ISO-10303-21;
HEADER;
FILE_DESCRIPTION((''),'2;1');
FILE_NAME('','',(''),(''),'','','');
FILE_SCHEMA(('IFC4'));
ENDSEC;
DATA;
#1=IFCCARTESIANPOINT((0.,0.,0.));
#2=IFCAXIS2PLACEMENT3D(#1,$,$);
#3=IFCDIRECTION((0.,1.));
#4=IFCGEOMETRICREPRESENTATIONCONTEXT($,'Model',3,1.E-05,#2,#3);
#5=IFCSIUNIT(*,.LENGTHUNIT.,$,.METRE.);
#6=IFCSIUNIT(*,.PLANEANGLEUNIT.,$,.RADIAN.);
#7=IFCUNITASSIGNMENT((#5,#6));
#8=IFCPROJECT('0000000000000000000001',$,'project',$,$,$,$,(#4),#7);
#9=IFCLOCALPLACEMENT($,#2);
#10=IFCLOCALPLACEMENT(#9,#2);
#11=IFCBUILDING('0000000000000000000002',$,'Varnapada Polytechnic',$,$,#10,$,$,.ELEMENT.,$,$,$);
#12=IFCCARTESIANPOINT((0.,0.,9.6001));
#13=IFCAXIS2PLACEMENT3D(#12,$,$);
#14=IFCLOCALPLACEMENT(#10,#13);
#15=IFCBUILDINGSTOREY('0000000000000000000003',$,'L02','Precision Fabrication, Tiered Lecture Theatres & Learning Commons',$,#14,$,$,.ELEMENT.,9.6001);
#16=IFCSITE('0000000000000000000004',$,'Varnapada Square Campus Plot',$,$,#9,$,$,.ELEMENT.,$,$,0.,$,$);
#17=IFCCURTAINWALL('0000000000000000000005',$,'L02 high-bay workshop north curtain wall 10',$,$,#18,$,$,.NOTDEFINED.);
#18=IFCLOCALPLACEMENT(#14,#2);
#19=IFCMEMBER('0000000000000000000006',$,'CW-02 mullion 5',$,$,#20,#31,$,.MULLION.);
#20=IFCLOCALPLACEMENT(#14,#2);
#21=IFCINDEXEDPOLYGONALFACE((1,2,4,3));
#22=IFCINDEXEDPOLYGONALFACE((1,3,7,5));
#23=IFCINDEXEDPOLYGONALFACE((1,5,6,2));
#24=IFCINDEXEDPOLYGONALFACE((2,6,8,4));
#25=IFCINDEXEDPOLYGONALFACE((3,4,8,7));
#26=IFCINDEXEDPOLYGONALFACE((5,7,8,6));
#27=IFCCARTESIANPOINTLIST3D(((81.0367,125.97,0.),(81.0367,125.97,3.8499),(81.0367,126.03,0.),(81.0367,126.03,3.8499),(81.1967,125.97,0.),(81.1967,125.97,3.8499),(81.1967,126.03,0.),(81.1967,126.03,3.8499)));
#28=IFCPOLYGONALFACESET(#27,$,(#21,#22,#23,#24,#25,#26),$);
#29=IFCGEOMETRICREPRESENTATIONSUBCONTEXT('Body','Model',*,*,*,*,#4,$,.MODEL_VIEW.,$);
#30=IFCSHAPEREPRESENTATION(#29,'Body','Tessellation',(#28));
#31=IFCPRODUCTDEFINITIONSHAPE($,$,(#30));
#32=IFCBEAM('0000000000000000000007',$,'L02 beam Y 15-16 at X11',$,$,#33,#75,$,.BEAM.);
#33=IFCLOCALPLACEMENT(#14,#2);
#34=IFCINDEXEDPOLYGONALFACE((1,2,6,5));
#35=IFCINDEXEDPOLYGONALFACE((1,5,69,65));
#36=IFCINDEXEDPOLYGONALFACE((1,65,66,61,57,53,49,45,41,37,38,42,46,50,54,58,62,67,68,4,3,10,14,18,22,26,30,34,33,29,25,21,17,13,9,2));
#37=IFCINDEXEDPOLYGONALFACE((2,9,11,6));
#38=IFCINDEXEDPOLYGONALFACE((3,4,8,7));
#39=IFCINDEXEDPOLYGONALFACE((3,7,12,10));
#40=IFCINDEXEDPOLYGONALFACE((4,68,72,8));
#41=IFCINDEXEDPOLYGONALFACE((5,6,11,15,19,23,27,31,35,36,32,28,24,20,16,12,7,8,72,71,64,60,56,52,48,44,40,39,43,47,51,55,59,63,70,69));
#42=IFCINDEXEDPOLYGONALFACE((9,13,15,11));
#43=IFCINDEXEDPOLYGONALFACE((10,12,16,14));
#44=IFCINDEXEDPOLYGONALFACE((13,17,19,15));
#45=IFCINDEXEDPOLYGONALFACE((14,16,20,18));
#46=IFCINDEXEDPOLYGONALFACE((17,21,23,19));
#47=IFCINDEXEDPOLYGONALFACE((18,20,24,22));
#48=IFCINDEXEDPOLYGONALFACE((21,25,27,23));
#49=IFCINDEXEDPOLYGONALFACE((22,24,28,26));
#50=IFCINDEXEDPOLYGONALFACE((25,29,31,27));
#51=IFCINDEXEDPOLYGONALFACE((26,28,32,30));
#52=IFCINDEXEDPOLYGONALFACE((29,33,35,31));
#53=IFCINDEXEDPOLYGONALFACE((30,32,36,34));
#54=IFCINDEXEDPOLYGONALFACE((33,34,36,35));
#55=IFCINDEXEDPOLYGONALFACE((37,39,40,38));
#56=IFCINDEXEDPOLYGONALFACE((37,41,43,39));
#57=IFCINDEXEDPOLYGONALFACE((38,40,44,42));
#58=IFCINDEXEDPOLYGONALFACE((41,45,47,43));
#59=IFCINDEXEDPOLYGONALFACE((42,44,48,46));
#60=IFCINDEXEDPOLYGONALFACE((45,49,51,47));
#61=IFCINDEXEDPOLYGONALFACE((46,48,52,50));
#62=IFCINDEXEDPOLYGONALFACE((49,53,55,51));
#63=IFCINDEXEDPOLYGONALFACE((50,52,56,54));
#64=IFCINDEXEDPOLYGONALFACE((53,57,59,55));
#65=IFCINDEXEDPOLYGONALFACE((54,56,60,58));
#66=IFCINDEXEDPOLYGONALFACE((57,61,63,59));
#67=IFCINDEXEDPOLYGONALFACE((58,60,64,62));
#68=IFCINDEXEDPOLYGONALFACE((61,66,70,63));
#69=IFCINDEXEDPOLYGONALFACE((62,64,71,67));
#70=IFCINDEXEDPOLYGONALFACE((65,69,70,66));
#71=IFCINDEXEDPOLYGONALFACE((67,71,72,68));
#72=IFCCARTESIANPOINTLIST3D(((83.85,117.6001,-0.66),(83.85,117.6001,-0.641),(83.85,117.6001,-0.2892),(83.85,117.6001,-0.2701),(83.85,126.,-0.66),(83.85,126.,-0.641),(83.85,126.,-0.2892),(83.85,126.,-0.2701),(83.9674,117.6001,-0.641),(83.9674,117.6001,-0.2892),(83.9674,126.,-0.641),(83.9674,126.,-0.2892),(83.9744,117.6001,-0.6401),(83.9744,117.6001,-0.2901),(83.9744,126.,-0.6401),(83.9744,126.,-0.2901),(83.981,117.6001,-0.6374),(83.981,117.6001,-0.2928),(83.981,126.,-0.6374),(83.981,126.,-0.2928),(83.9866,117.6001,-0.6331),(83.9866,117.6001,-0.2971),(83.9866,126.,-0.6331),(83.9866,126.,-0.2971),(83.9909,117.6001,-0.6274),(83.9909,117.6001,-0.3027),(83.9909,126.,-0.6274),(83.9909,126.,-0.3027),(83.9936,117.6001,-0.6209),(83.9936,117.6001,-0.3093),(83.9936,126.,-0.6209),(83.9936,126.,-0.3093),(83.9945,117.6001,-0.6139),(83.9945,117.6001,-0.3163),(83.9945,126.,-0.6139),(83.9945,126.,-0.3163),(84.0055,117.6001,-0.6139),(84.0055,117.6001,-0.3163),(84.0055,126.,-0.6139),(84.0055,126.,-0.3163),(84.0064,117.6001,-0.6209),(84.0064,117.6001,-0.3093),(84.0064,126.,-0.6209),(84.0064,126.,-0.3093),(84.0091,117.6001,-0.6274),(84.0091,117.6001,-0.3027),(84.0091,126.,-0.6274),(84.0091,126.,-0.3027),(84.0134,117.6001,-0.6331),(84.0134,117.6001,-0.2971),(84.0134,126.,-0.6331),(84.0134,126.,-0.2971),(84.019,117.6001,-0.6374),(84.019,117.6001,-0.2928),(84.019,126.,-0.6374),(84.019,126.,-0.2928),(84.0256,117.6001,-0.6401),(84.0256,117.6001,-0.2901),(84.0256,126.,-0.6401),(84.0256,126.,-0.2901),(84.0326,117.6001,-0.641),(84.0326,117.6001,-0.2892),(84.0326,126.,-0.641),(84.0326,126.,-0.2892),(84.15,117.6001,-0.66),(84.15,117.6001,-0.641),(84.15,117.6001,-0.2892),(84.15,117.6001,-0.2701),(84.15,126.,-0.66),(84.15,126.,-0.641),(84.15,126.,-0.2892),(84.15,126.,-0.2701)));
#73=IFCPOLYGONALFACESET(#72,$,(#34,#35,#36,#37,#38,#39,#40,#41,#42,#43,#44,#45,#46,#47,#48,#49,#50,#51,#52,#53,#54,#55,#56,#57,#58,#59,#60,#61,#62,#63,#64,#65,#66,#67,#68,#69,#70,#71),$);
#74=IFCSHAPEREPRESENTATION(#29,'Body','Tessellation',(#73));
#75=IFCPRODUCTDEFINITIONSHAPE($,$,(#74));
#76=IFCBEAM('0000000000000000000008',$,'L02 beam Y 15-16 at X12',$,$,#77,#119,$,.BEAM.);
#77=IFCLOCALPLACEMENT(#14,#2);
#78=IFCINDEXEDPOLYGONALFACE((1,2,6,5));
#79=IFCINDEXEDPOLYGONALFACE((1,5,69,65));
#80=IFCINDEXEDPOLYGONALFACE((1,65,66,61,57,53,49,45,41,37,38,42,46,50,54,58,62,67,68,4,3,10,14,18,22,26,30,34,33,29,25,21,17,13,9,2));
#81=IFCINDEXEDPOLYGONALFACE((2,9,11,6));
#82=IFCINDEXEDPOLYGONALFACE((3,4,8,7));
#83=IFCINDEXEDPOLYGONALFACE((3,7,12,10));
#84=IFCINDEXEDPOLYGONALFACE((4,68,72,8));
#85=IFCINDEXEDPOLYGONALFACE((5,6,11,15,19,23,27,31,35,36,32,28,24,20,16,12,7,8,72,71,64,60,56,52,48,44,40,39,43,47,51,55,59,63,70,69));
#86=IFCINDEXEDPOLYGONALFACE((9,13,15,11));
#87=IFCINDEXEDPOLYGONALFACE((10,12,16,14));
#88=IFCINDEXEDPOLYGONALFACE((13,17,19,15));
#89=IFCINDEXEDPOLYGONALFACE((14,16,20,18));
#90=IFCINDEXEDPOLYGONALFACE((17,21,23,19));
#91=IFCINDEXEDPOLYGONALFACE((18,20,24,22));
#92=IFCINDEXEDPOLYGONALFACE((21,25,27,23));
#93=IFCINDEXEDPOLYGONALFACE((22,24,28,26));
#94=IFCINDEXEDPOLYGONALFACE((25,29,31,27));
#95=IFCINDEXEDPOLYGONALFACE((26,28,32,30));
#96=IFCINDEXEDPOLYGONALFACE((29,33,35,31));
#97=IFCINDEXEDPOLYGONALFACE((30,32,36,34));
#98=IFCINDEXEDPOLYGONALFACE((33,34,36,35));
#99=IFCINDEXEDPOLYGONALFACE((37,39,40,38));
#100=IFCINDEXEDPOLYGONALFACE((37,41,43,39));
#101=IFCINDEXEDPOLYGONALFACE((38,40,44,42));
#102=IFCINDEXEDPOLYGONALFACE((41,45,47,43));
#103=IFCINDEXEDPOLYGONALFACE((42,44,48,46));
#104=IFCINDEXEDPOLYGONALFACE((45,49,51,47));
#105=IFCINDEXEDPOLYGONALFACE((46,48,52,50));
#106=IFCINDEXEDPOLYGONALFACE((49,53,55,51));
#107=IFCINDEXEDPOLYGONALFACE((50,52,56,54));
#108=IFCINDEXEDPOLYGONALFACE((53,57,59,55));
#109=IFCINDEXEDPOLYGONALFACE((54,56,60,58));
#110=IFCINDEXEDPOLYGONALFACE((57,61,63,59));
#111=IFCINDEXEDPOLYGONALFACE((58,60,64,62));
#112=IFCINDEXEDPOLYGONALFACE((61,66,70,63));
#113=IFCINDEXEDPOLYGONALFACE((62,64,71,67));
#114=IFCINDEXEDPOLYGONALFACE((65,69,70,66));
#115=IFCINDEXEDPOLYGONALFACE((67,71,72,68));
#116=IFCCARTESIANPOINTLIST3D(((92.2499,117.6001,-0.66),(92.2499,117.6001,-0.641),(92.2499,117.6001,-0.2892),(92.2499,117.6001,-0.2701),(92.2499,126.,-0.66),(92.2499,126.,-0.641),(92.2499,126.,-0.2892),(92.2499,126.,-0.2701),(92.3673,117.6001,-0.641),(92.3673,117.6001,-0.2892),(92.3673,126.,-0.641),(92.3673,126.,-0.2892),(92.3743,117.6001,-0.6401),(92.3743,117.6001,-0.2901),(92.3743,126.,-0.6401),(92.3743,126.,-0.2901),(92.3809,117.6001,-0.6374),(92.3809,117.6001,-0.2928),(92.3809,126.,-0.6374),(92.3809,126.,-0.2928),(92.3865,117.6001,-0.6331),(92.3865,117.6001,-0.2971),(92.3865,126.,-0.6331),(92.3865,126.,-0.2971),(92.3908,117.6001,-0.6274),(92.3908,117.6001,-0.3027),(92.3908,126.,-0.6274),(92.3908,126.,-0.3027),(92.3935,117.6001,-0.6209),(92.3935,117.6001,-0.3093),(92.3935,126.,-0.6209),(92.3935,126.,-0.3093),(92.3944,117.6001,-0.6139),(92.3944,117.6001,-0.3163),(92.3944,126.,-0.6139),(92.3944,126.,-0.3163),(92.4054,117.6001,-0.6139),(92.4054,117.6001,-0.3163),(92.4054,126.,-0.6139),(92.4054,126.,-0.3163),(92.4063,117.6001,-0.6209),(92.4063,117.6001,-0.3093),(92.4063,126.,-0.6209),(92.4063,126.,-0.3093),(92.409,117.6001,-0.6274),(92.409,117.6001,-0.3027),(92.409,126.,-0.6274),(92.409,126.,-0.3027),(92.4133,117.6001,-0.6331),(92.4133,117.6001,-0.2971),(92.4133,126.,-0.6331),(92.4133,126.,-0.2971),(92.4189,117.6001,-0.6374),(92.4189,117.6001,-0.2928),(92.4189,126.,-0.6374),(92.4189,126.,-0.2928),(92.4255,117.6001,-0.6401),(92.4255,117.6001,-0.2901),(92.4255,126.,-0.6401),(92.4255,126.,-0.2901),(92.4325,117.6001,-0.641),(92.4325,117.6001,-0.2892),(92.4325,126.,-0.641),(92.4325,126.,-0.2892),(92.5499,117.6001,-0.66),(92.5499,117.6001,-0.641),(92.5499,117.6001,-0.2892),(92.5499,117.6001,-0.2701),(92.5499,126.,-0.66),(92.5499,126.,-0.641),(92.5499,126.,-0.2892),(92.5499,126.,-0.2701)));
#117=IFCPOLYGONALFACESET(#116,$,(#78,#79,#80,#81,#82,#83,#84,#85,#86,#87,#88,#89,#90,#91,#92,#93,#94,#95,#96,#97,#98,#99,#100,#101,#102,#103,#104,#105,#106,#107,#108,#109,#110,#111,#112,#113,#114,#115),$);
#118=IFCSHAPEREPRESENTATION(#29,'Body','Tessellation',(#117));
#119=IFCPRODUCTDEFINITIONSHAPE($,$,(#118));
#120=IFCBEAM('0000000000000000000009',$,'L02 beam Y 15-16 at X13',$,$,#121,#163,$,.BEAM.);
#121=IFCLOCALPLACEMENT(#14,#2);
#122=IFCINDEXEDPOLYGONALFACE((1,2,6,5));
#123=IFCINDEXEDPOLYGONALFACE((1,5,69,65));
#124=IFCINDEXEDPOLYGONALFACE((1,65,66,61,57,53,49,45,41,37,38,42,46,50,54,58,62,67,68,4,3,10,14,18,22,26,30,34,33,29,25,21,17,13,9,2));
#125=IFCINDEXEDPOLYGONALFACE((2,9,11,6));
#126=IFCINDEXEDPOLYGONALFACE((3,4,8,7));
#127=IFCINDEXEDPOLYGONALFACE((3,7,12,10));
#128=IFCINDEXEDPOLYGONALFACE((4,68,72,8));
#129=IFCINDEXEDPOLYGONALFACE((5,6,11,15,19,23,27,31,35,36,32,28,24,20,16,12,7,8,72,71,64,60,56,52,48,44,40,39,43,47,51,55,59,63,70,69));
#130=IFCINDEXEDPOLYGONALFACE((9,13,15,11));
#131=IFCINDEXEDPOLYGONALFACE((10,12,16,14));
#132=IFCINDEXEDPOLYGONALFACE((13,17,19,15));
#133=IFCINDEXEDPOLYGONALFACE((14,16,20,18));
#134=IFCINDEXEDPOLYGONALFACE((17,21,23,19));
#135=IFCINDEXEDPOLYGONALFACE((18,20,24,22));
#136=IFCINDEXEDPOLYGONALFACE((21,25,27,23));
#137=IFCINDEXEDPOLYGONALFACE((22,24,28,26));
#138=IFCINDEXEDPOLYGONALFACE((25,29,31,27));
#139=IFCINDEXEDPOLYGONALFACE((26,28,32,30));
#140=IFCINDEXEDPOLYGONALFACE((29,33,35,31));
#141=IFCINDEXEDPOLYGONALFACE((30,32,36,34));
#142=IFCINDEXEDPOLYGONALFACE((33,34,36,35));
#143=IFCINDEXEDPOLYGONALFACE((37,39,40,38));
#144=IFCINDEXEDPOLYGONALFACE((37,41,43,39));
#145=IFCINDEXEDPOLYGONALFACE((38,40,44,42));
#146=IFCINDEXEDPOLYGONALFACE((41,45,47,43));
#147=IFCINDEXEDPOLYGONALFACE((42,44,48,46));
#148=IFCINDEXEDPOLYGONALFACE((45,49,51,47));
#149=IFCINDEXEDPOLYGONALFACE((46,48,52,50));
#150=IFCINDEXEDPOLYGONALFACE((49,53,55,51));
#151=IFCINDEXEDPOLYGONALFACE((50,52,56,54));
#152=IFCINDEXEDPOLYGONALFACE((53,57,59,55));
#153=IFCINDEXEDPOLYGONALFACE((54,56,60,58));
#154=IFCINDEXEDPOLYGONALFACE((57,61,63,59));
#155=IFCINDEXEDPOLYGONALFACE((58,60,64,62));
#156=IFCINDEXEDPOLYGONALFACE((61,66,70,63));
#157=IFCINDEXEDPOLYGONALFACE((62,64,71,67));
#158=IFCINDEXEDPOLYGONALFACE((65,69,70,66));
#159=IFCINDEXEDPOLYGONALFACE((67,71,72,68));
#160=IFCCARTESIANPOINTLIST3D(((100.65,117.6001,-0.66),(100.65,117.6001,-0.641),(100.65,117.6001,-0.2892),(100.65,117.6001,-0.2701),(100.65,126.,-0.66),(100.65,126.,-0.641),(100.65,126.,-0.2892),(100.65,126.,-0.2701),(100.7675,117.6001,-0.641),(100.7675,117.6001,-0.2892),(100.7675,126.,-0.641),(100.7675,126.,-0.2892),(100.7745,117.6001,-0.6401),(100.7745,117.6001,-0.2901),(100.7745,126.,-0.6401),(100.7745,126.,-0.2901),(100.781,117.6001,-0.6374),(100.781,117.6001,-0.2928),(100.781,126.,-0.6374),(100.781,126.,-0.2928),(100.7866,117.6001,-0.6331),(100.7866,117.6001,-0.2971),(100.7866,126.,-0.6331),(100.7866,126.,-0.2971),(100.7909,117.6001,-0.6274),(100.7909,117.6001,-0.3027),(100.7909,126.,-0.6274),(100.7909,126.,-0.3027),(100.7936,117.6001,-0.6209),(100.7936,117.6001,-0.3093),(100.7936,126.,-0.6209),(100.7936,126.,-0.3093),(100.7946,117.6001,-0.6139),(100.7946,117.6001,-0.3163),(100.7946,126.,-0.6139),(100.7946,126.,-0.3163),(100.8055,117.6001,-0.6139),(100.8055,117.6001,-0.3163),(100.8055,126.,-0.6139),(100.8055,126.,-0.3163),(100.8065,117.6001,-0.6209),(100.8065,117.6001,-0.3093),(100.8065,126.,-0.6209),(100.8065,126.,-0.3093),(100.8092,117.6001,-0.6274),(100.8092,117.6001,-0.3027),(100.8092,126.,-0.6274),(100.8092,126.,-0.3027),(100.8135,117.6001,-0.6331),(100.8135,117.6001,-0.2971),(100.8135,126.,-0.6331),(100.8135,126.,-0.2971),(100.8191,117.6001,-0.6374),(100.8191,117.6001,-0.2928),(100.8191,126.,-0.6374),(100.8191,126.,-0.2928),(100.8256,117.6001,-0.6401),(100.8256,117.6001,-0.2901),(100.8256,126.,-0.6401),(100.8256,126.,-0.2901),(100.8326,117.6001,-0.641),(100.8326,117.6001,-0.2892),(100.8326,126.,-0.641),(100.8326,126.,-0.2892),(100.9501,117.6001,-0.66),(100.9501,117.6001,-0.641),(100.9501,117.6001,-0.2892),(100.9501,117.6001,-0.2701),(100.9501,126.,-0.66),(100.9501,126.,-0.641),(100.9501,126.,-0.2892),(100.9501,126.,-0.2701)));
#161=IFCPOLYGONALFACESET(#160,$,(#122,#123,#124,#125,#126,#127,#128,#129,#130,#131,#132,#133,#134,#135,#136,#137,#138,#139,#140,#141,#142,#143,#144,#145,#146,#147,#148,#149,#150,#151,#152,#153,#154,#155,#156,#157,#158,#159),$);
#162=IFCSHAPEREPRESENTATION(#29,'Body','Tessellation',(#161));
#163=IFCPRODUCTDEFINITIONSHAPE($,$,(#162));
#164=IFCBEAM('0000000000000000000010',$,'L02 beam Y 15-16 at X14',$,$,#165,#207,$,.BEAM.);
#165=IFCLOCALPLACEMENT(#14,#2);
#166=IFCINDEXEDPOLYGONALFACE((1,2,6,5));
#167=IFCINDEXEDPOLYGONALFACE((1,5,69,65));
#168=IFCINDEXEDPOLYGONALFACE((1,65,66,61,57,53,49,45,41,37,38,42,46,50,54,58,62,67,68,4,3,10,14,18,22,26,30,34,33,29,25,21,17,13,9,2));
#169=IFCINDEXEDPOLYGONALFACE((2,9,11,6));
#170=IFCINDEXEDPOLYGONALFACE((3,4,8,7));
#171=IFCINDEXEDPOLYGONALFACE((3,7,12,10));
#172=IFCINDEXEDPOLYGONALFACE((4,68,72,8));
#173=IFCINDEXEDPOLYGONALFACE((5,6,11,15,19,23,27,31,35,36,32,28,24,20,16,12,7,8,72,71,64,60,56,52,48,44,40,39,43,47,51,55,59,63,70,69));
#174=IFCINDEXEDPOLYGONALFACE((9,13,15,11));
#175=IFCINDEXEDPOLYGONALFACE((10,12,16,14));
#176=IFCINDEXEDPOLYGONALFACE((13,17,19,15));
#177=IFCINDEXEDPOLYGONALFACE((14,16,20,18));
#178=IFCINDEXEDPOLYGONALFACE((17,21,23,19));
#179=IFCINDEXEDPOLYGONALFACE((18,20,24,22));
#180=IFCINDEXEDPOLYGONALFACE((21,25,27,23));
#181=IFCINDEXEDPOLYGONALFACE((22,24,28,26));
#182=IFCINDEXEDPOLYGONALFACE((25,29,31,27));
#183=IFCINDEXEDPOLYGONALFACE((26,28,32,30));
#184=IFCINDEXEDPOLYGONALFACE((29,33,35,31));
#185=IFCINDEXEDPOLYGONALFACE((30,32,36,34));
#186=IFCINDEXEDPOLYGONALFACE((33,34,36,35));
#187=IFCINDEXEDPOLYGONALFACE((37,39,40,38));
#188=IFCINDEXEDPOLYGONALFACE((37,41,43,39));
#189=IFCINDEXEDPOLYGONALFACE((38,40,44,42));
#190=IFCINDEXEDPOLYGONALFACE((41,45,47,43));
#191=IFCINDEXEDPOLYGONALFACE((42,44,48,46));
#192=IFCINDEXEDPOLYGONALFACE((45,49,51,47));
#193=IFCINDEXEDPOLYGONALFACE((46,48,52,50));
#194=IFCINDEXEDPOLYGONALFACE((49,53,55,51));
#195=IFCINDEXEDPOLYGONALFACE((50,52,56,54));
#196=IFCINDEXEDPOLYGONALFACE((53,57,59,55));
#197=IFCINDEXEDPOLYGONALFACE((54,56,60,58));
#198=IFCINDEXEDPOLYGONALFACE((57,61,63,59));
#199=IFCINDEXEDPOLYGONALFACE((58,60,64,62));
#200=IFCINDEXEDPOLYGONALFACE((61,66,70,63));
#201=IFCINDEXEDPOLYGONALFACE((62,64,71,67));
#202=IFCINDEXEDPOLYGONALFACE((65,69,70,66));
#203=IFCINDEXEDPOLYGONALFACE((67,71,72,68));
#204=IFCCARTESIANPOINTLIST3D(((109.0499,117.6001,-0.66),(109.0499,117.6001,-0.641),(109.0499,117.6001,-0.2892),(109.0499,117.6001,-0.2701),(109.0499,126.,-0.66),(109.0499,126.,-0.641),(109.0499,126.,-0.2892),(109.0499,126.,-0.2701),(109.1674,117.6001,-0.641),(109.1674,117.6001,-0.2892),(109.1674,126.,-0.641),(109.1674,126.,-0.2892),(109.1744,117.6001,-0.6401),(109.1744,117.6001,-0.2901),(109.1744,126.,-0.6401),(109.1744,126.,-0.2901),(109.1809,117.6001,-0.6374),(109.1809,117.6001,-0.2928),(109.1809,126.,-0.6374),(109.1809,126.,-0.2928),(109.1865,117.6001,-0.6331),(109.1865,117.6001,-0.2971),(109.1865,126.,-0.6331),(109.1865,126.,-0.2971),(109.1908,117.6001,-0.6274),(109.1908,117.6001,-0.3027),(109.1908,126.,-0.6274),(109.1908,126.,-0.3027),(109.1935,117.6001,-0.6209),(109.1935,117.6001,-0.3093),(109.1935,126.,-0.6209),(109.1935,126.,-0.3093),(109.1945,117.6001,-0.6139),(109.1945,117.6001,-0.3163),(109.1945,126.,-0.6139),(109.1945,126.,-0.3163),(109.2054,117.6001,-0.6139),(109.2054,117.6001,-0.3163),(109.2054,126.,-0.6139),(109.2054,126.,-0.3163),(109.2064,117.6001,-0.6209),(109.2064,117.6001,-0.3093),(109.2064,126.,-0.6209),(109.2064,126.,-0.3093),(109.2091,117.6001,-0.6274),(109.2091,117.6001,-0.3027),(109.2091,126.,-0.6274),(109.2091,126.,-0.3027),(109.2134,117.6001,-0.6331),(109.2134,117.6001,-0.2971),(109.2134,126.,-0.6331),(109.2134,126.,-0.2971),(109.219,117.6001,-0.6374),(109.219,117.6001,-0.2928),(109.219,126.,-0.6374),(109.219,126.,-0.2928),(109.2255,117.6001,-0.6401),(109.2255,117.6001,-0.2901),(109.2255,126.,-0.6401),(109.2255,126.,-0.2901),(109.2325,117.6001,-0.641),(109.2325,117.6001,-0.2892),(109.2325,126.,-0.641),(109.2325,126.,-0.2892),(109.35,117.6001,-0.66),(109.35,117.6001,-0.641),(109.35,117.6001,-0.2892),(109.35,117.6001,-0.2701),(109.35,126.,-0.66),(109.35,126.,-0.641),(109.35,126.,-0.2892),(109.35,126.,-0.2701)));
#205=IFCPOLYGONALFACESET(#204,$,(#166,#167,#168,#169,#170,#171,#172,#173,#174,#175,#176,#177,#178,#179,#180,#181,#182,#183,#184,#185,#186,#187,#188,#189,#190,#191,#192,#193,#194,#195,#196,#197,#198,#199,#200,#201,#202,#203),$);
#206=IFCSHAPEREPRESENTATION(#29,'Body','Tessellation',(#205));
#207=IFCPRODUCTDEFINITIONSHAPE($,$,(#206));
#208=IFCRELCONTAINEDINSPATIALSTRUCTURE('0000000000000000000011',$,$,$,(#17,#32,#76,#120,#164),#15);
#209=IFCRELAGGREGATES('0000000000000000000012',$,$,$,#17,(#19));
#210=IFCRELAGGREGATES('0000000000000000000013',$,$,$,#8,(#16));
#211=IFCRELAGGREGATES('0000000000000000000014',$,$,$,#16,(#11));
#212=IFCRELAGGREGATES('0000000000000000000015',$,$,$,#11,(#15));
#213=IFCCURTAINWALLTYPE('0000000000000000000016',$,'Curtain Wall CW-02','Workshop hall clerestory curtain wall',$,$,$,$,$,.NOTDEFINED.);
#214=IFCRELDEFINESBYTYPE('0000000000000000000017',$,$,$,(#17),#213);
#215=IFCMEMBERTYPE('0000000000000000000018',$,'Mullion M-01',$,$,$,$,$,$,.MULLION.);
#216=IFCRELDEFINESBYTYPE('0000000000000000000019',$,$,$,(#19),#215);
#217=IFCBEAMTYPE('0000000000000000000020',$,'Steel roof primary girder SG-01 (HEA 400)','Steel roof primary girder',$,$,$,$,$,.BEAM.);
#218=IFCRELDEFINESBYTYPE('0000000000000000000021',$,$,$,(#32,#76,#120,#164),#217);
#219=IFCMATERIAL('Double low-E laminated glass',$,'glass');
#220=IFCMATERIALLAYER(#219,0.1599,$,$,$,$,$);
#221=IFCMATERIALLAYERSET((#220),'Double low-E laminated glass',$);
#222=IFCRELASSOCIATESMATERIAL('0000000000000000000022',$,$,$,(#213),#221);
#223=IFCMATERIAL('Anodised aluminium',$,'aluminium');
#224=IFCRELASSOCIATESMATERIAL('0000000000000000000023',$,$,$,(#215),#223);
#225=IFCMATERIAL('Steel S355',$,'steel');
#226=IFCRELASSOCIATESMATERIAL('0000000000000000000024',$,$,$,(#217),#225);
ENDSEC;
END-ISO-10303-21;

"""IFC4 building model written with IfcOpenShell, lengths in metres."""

from ifc_helpers import new_model, si_unit, direction, frame, origin, origin_2d, place, context, subcontext, project, spatial, rectangle, i_section, extrude, material, layer, layer_set, material_profile, profile_set, type_object, element, aggregate, save


model = new_model("IFC4")

# Units and contexts
model_context = context("Model", 3, precision=1e-05, world=origin(), true_north=direction((0.0, 1.0)))
body_context = subcontext(model_context, "Body", "Model", "MODEL_VIEW")
ifc_project = project(units=[si_unit("LENGTHUNIT", "METRE"), si_unit("PLANEANGLEUNIT", "RADIAN")], contexts=[model_context])

# Site, building, storey
site_placement = place(None, origin())
site = spatial("IfcSite", under=ifc_project, at=site_placement, Name="Varnapada Square Campus Plot", CompositionType="ELEMENT", RefElevation=0.0)
building_placement = place(site_placement, origin())
building = spatial("IfcBuilding", under=site, at=building_placement, Name="Varnapada Polytechnic", CompositionType="ELEMENT")
storey_placement = place(building_placement, frame((0.0, 0.0, 9.6001)))
storey = spatial("IfcBuildingStorey", under=building, at=storey_placement, Name="L02", Description="Precision Fabrication, Tiered Lecture Theatres & Learning Commons", CompositionType="ELEMENT", Elevation=9.6001)

# Curtain wall, member
ifc_material_1 = material(Name="Double low-E laminated glass", Category="glass")
ifc_layer_1 = layer(ifc_material_1, 0.1599)
ifc_layer_set_1 = layer_set([ifc_layer_1], Name="Double low-E laminated glass")
curtain_wall_type = type_object("IfcCurtainWallType", Name="Curtain Wall CW-02", Description="Workshop hall clerestory curtain wall", PredefinedType="NOTDEFINED", material=ifc_layer_set_1)
curtain_wall_placement = place(storey_placement, origin())
curtain_wall = element("IfcCurtainWall", 1, at=curtain_wall_placement, inside=storey, type_object=curtain_wall_type, Name="L02 high-bay workshop north curtain wall 10", PredefinedType="NOTDEFINED")
ifc_material_2 = material(Name="Anodised aluminium", Category="aluminium")
ifc_material_profile_1 = material_profile(ifc_material_2, rectangle(XDim=0.0601, YDim=0.1599, at=origin_2d()), Name="ALU M60x160")
ifc_profile_set_1 = profile_set([ifc_material_profile_1], Name="Anodised aluminium")
member_type = type_object("IfcMemberType", Name="Mullion M-01", PredefinedType="MULLION", material=ifc_profile_set_1)
member_placement = place(storey_placement, frame((81.1167, 126.0, 0.0), z_axis=(0.0, 0.0, 1.0), x_axis=(0.0, 1.0, 0.0)))
member = element("IfcMember", 2, at=member_placement, type_object=member_type, Name="CW-02 mullion 5", PredefinedType="MULLION", context=body_context, shape_type="SweptSolid", body=[
    extrude(rectangle(XDim=0.0601, YDim=0.1599, at=origin_2d()), origin(), (0.0, 0.0, 1.0), 3.8499),
])

# Beams
ifc_material_3 = material(Name="Steel S355", Category="steel")
ifc_material_profile_2 = material_profile(ifc_material_3, i_section(OverallWidth=0.3, OverallDepth=0.3899, WebThickness=0.011, FlangeThickness=0.019, FilletRadius=0.0271, at=origin_2d()), Name="HEA 400")
ifc_profile_set_2 = profile_set([ifc_material_profile_2], Name="Steel S355")
beam_type_1 = type_object("IfcBeamType", Name="Steel roof primary girder SG-01 (HEA 400)", Description="Steel roof primary girder", PredefinedType="BEAM", material=ifc_profile_set_2)
for number, where, z_axis, x_axis, name in (
    (3, (84.0, 117.6001, -0.4651), (0.0, 1.0, 0.0), (-1.0, 0.0, 0.0), "L02 beam Y 15-16 at X11"),
    (4, (92.3999, 117.6001, -0.4651), (0.0, 1.0, 0.0), (-1.0, 0.0, 0.0), "L02 beam Y 15-16 at X12"),
    (5, (100.8, 117.6001, -0.4651), (0.0, 1.0, 0.0), (-1.0, 0.0, 0.0), "L02 beam Y 15-16 at X13"),
    (6, (109.2, 117.6001, -0.4651), (0.0, 1.0, 0.0), (-1.0, 0.0, 0.0), "L02 beam Y 15-16 at X14"),
):
    element("IfcBeam", number, at=place(storey_placement, frame(where, z_axis=z_axis, x_axis=x_axis)), inside=storey, type_object=beam_type_1, Name=name, PredefinedType="BEAM", context=body_context, shape_type="SweptSolid", body=[
        extrude(i_section(OverallWidth=0.3, OverallDepth=0.3899, WebThickness=0.011, FlangeThickness=0.019, FilletRadius=0.0271, at=origin_2d()), origin(), (0.0, 0.0, 1.0), 8.3999),
    ])

aggregate(curtain_wall, [member])

save(model, "model.ifc")
